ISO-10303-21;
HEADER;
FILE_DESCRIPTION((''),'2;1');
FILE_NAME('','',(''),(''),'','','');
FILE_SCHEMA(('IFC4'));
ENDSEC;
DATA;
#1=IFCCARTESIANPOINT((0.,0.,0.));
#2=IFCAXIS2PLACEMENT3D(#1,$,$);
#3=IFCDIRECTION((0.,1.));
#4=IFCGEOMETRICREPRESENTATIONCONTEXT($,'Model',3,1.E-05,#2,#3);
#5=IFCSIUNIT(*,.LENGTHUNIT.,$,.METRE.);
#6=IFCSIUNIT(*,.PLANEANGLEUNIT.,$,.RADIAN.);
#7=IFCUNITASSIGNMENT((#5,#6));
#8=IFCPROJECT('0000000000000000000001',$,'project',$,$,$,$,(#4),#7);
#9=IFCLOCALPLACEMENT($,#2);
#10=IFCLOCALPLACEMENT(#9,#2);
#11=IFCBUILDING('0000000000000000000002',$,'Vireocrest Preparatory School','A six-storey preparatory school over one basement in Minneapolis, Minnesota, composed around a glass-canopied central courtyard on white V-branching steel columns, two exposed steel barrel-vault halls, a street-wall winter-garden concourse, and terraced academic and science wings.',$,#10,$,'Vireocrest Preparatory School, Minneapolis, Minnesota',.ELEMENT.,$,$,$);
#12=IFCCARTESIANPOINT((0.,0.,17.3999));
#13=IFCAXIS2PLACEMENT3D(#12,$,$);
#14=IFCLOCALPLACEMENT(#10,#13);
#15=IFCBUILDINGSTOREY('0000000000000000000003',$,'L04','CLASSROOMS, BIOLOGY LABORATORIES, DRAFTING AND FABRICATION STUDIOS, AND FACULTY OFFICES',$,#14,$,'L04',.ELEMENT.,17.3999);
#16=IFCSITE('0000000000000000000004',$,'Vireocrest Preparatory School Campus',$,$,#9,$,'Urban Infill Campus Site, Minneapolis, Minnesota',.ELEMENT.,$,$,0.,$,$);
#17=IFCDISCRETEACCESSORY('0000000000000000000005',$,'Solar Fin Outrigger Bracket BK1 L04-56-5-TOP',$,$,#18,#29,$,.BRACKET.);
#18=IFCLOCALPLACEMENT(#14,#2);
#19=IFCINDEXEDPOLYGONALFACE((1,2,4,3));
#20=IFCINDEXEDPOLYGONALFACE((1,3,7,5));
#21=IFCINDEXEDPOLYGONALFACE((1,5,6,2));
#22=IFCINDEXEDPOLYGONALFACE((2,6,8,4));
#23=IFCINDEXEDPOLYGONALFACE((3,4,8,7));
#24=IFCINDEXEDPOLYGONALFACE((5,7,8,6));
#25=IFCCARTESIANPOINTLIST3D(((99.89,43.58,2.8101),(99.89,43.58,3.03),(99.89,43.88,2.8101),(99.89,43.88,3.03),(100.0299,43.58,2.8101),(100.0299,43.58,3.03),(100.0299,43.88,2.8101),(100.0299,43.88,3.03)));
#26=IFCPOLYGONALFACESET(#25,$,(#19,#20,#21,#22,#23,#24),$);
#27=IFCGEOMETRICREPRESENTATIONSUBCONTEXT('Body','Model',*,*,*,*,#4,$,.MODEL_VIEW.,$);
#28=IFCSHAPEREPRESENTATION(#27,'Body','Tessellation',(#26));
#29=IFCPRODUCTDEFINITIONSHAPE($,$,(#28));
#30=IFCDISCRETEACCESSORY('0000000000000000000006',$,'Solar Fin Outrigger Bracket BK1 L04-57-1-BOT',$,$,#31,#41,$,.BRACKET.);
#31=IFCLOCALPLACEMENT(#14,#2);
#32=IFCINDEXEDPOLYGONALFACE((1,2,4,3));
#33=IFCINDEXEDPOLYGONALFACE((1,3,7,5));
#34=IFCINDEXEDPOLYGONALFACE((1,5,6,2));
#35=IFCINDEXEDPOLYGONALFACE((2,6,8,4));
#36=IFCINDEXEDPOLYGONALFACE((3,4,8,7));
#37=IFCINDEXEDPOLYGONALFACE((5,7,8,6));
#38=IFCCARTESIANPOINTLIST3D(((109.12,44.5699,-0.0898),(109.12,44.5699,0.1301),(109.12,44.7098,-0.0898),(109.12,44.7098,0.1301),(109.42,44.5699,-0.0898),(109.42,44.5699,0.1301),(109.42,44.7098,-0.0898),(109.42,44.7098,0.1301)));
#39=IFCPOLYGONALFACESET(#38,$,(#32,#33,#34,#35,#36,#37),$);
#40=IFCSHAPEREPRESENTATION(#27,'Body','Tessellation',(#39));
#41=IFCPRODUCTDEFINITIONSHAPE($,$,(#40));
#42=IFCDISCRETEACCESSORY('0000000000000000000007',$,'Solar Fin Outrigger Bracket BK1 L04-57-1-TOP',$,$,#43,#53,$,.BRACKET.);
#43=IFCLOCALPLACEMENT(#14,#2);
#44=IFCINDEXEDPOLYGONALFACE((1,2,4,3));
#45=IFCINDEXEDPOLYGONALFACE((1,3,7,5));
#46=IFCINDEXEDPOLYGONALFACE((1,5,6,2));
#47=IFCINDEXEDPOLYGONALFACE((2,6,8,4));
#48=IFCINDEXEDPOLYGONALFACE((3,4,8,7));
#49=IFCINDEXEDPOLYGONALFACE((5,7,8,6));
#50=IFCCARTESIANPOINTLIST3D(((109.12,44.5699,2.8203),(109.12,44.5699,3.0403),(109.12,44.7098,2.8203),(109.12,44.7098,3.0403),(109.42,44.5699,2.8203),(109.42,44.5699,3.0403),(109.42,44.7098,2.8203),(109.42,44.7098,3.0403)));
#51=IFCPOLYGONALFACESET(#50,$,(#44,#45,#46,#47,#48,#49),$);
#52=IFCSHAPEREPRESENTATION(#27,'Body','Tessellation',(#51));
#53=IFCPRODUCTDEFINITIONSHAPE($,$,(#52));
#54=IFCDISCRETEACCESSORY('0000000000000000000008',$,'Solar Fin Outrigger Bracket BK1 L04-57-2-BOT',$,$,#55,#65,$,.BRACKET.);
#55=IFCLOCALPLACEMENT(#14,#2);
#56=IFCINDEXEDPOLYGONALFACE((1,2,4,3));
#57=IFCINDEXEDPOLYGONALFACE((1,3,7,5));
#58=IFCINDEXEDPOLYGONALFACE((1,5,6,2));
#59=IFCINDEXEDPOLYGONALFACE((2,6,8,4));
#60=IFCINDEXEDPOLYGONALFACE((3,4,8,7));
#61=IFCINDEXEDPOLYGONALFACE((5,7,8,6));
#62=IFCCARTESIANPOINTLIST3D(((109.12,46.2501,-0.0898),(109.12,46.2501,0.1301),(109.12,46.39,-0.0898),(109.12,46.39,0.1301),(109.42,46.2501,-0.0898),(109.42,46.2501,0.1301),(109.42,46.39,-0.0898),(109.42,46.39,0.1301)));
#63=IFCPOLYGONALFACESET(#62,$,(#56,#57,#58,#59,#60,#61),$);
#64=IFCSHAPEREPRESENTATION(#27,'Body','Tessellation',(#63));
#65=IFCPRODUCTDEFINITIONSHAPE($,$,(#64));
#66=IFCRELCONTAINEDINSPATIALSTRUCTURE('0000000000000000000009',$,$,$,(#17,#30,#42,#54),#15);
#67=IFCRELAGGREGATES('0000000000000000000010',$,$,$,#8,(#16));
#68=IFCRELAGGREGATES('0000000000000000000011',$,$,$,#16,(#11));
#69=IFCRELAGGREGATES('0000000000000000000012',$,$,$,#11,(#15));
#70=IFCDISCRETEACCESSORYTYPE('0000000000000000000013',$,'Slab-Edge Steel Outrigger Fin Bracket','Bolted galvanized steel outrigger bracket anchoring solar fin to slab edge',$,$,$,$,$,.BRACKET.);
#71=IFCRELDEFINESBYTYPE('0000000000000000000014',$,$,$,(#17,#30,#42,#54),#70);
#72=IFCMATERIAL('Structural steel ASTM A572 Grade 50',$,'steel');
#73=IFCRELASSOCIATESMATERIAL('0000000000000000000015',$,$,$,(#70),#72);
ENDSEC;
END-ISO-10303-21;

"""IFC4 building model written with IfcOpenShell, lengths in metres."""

from ifc_helpers import new_model, si_unit, direction, frame, origin, origin_2d, place, context, subcontext, project, spatial, rectangle, extrude, material, type_object, element, save


model = new_model("IFC4")

# Units and contexts
model_context = context("Model", 3, precision=1e-05, world=origin(), true_north=direction((0.0, 1.0)))
body_context = subcontext(model_context, "Body", "Model", "MODEL_VIEW")
ifc_project = project(units=[si_unit("LENGTHUNIT", "METRE"), si_unit("PLANEANGLEUNIT", "RADIAN")], contexts=[model_context])

# Site, building, storey
site_placement = place(None, origin())
site = spatial("IfcSite", under=ifc_project, at=site_placement, Name="Vireocrest Preparatory School Campus", LongName="Urban Infill Campus Site, Minneapolis, Minnesota", CompositionType="ELEMENT", RefElevation=0.0)
building_placement = place(site_placement, origin())
building = spatial("IfcBuilding", under=site, at=building_placement, Name="Vireocrest Preparatory School", Description="A six-storey preparatory school over one basement in Minneapolis, Minnesota, composed around a glass-canopied central courtyard on white V-branching steel columns, two exposed steel barrel-vault halls, a street-wall winter-garden concourse, and terraced academic and science wings.", LongName="Vireocrest Preparatory School, Minneapolis, Minnesota", CompositionType="ELEMENT")
storey_placement = place(building_placement, frame((0.0, 0.0, 17.3999)))
storey = spatial("IfcBuildingStorey", under=building, at=storey_placement, Name="L04", Description="CLASSROOMS, BIOLOGY LABORATORIES, DRAFTING AND FABRICATION STUDIOS, AND FACULTY OFFICES", LongName="L04", CompositionType="ELEMENT", Elevation=17.3999)

# Discrete accessories
ifc_material_1 = material(Name="Structural steel ASTM A572 Grade 50", Category="steel")
discrete_accessory_type = type_object("IfcDiscreteAccessoryType", Name="Slab-Edge Steel Outrigger Fin Bracket", Description="Bolted galvanized steel outrigger bracket anchoring solar fin to slab edge", PredefinedType="BRACKET", material=ifc_material_1)
for number, where, z_axis, x_axis, name in (
    (1, (99.96, 43.73, 2.8101), (0.0, 0.0, 1.0), (-1.0, 0.0, 0.0), "Solar Fin Outrigger Bracket BK1 L04-56-5-TOP"),
    (2, (109.27, 44.6399, -0.0898), (0.0, 0.0, 1.0), (0.0, -1.0, 0.0), "Solar Fin Outrigger Bracket BK1 L04-57-1-BOT"),
    (3, (109.27, 44.6399, 2.8203), (0.0, 0.0, 1.0), (0.0, -1.0, 0.0), "Solar Fin Outrigger Bracket BK1 L04-57-1-TOP"),
    (4, (109.27, 46.3201, -0.0898), (0.0, 0.0, 1.0), (0.0, -1.0, 0.0), "Solar Fin Outrigger Bracket BK1 L04-57-2-BOT"),
):
    element("IfcDiscreteAccessory", number, at=place(storey_placement, frame(where, z_axis=z_axis, x_axis=x_axis)), inside=storey, type_object=discrete_accessory_type, Name=name, PredefinedType="BRACKET", context=body_context, shape_type="SweptSolid", body=[
        extrude(rectangle(XDim=0.1399, YDim=0.3, at=origin_2d()), origin(), (0.0, 0.0, 1.0), 0.22),
    ])

save(model, "model.ifc")
